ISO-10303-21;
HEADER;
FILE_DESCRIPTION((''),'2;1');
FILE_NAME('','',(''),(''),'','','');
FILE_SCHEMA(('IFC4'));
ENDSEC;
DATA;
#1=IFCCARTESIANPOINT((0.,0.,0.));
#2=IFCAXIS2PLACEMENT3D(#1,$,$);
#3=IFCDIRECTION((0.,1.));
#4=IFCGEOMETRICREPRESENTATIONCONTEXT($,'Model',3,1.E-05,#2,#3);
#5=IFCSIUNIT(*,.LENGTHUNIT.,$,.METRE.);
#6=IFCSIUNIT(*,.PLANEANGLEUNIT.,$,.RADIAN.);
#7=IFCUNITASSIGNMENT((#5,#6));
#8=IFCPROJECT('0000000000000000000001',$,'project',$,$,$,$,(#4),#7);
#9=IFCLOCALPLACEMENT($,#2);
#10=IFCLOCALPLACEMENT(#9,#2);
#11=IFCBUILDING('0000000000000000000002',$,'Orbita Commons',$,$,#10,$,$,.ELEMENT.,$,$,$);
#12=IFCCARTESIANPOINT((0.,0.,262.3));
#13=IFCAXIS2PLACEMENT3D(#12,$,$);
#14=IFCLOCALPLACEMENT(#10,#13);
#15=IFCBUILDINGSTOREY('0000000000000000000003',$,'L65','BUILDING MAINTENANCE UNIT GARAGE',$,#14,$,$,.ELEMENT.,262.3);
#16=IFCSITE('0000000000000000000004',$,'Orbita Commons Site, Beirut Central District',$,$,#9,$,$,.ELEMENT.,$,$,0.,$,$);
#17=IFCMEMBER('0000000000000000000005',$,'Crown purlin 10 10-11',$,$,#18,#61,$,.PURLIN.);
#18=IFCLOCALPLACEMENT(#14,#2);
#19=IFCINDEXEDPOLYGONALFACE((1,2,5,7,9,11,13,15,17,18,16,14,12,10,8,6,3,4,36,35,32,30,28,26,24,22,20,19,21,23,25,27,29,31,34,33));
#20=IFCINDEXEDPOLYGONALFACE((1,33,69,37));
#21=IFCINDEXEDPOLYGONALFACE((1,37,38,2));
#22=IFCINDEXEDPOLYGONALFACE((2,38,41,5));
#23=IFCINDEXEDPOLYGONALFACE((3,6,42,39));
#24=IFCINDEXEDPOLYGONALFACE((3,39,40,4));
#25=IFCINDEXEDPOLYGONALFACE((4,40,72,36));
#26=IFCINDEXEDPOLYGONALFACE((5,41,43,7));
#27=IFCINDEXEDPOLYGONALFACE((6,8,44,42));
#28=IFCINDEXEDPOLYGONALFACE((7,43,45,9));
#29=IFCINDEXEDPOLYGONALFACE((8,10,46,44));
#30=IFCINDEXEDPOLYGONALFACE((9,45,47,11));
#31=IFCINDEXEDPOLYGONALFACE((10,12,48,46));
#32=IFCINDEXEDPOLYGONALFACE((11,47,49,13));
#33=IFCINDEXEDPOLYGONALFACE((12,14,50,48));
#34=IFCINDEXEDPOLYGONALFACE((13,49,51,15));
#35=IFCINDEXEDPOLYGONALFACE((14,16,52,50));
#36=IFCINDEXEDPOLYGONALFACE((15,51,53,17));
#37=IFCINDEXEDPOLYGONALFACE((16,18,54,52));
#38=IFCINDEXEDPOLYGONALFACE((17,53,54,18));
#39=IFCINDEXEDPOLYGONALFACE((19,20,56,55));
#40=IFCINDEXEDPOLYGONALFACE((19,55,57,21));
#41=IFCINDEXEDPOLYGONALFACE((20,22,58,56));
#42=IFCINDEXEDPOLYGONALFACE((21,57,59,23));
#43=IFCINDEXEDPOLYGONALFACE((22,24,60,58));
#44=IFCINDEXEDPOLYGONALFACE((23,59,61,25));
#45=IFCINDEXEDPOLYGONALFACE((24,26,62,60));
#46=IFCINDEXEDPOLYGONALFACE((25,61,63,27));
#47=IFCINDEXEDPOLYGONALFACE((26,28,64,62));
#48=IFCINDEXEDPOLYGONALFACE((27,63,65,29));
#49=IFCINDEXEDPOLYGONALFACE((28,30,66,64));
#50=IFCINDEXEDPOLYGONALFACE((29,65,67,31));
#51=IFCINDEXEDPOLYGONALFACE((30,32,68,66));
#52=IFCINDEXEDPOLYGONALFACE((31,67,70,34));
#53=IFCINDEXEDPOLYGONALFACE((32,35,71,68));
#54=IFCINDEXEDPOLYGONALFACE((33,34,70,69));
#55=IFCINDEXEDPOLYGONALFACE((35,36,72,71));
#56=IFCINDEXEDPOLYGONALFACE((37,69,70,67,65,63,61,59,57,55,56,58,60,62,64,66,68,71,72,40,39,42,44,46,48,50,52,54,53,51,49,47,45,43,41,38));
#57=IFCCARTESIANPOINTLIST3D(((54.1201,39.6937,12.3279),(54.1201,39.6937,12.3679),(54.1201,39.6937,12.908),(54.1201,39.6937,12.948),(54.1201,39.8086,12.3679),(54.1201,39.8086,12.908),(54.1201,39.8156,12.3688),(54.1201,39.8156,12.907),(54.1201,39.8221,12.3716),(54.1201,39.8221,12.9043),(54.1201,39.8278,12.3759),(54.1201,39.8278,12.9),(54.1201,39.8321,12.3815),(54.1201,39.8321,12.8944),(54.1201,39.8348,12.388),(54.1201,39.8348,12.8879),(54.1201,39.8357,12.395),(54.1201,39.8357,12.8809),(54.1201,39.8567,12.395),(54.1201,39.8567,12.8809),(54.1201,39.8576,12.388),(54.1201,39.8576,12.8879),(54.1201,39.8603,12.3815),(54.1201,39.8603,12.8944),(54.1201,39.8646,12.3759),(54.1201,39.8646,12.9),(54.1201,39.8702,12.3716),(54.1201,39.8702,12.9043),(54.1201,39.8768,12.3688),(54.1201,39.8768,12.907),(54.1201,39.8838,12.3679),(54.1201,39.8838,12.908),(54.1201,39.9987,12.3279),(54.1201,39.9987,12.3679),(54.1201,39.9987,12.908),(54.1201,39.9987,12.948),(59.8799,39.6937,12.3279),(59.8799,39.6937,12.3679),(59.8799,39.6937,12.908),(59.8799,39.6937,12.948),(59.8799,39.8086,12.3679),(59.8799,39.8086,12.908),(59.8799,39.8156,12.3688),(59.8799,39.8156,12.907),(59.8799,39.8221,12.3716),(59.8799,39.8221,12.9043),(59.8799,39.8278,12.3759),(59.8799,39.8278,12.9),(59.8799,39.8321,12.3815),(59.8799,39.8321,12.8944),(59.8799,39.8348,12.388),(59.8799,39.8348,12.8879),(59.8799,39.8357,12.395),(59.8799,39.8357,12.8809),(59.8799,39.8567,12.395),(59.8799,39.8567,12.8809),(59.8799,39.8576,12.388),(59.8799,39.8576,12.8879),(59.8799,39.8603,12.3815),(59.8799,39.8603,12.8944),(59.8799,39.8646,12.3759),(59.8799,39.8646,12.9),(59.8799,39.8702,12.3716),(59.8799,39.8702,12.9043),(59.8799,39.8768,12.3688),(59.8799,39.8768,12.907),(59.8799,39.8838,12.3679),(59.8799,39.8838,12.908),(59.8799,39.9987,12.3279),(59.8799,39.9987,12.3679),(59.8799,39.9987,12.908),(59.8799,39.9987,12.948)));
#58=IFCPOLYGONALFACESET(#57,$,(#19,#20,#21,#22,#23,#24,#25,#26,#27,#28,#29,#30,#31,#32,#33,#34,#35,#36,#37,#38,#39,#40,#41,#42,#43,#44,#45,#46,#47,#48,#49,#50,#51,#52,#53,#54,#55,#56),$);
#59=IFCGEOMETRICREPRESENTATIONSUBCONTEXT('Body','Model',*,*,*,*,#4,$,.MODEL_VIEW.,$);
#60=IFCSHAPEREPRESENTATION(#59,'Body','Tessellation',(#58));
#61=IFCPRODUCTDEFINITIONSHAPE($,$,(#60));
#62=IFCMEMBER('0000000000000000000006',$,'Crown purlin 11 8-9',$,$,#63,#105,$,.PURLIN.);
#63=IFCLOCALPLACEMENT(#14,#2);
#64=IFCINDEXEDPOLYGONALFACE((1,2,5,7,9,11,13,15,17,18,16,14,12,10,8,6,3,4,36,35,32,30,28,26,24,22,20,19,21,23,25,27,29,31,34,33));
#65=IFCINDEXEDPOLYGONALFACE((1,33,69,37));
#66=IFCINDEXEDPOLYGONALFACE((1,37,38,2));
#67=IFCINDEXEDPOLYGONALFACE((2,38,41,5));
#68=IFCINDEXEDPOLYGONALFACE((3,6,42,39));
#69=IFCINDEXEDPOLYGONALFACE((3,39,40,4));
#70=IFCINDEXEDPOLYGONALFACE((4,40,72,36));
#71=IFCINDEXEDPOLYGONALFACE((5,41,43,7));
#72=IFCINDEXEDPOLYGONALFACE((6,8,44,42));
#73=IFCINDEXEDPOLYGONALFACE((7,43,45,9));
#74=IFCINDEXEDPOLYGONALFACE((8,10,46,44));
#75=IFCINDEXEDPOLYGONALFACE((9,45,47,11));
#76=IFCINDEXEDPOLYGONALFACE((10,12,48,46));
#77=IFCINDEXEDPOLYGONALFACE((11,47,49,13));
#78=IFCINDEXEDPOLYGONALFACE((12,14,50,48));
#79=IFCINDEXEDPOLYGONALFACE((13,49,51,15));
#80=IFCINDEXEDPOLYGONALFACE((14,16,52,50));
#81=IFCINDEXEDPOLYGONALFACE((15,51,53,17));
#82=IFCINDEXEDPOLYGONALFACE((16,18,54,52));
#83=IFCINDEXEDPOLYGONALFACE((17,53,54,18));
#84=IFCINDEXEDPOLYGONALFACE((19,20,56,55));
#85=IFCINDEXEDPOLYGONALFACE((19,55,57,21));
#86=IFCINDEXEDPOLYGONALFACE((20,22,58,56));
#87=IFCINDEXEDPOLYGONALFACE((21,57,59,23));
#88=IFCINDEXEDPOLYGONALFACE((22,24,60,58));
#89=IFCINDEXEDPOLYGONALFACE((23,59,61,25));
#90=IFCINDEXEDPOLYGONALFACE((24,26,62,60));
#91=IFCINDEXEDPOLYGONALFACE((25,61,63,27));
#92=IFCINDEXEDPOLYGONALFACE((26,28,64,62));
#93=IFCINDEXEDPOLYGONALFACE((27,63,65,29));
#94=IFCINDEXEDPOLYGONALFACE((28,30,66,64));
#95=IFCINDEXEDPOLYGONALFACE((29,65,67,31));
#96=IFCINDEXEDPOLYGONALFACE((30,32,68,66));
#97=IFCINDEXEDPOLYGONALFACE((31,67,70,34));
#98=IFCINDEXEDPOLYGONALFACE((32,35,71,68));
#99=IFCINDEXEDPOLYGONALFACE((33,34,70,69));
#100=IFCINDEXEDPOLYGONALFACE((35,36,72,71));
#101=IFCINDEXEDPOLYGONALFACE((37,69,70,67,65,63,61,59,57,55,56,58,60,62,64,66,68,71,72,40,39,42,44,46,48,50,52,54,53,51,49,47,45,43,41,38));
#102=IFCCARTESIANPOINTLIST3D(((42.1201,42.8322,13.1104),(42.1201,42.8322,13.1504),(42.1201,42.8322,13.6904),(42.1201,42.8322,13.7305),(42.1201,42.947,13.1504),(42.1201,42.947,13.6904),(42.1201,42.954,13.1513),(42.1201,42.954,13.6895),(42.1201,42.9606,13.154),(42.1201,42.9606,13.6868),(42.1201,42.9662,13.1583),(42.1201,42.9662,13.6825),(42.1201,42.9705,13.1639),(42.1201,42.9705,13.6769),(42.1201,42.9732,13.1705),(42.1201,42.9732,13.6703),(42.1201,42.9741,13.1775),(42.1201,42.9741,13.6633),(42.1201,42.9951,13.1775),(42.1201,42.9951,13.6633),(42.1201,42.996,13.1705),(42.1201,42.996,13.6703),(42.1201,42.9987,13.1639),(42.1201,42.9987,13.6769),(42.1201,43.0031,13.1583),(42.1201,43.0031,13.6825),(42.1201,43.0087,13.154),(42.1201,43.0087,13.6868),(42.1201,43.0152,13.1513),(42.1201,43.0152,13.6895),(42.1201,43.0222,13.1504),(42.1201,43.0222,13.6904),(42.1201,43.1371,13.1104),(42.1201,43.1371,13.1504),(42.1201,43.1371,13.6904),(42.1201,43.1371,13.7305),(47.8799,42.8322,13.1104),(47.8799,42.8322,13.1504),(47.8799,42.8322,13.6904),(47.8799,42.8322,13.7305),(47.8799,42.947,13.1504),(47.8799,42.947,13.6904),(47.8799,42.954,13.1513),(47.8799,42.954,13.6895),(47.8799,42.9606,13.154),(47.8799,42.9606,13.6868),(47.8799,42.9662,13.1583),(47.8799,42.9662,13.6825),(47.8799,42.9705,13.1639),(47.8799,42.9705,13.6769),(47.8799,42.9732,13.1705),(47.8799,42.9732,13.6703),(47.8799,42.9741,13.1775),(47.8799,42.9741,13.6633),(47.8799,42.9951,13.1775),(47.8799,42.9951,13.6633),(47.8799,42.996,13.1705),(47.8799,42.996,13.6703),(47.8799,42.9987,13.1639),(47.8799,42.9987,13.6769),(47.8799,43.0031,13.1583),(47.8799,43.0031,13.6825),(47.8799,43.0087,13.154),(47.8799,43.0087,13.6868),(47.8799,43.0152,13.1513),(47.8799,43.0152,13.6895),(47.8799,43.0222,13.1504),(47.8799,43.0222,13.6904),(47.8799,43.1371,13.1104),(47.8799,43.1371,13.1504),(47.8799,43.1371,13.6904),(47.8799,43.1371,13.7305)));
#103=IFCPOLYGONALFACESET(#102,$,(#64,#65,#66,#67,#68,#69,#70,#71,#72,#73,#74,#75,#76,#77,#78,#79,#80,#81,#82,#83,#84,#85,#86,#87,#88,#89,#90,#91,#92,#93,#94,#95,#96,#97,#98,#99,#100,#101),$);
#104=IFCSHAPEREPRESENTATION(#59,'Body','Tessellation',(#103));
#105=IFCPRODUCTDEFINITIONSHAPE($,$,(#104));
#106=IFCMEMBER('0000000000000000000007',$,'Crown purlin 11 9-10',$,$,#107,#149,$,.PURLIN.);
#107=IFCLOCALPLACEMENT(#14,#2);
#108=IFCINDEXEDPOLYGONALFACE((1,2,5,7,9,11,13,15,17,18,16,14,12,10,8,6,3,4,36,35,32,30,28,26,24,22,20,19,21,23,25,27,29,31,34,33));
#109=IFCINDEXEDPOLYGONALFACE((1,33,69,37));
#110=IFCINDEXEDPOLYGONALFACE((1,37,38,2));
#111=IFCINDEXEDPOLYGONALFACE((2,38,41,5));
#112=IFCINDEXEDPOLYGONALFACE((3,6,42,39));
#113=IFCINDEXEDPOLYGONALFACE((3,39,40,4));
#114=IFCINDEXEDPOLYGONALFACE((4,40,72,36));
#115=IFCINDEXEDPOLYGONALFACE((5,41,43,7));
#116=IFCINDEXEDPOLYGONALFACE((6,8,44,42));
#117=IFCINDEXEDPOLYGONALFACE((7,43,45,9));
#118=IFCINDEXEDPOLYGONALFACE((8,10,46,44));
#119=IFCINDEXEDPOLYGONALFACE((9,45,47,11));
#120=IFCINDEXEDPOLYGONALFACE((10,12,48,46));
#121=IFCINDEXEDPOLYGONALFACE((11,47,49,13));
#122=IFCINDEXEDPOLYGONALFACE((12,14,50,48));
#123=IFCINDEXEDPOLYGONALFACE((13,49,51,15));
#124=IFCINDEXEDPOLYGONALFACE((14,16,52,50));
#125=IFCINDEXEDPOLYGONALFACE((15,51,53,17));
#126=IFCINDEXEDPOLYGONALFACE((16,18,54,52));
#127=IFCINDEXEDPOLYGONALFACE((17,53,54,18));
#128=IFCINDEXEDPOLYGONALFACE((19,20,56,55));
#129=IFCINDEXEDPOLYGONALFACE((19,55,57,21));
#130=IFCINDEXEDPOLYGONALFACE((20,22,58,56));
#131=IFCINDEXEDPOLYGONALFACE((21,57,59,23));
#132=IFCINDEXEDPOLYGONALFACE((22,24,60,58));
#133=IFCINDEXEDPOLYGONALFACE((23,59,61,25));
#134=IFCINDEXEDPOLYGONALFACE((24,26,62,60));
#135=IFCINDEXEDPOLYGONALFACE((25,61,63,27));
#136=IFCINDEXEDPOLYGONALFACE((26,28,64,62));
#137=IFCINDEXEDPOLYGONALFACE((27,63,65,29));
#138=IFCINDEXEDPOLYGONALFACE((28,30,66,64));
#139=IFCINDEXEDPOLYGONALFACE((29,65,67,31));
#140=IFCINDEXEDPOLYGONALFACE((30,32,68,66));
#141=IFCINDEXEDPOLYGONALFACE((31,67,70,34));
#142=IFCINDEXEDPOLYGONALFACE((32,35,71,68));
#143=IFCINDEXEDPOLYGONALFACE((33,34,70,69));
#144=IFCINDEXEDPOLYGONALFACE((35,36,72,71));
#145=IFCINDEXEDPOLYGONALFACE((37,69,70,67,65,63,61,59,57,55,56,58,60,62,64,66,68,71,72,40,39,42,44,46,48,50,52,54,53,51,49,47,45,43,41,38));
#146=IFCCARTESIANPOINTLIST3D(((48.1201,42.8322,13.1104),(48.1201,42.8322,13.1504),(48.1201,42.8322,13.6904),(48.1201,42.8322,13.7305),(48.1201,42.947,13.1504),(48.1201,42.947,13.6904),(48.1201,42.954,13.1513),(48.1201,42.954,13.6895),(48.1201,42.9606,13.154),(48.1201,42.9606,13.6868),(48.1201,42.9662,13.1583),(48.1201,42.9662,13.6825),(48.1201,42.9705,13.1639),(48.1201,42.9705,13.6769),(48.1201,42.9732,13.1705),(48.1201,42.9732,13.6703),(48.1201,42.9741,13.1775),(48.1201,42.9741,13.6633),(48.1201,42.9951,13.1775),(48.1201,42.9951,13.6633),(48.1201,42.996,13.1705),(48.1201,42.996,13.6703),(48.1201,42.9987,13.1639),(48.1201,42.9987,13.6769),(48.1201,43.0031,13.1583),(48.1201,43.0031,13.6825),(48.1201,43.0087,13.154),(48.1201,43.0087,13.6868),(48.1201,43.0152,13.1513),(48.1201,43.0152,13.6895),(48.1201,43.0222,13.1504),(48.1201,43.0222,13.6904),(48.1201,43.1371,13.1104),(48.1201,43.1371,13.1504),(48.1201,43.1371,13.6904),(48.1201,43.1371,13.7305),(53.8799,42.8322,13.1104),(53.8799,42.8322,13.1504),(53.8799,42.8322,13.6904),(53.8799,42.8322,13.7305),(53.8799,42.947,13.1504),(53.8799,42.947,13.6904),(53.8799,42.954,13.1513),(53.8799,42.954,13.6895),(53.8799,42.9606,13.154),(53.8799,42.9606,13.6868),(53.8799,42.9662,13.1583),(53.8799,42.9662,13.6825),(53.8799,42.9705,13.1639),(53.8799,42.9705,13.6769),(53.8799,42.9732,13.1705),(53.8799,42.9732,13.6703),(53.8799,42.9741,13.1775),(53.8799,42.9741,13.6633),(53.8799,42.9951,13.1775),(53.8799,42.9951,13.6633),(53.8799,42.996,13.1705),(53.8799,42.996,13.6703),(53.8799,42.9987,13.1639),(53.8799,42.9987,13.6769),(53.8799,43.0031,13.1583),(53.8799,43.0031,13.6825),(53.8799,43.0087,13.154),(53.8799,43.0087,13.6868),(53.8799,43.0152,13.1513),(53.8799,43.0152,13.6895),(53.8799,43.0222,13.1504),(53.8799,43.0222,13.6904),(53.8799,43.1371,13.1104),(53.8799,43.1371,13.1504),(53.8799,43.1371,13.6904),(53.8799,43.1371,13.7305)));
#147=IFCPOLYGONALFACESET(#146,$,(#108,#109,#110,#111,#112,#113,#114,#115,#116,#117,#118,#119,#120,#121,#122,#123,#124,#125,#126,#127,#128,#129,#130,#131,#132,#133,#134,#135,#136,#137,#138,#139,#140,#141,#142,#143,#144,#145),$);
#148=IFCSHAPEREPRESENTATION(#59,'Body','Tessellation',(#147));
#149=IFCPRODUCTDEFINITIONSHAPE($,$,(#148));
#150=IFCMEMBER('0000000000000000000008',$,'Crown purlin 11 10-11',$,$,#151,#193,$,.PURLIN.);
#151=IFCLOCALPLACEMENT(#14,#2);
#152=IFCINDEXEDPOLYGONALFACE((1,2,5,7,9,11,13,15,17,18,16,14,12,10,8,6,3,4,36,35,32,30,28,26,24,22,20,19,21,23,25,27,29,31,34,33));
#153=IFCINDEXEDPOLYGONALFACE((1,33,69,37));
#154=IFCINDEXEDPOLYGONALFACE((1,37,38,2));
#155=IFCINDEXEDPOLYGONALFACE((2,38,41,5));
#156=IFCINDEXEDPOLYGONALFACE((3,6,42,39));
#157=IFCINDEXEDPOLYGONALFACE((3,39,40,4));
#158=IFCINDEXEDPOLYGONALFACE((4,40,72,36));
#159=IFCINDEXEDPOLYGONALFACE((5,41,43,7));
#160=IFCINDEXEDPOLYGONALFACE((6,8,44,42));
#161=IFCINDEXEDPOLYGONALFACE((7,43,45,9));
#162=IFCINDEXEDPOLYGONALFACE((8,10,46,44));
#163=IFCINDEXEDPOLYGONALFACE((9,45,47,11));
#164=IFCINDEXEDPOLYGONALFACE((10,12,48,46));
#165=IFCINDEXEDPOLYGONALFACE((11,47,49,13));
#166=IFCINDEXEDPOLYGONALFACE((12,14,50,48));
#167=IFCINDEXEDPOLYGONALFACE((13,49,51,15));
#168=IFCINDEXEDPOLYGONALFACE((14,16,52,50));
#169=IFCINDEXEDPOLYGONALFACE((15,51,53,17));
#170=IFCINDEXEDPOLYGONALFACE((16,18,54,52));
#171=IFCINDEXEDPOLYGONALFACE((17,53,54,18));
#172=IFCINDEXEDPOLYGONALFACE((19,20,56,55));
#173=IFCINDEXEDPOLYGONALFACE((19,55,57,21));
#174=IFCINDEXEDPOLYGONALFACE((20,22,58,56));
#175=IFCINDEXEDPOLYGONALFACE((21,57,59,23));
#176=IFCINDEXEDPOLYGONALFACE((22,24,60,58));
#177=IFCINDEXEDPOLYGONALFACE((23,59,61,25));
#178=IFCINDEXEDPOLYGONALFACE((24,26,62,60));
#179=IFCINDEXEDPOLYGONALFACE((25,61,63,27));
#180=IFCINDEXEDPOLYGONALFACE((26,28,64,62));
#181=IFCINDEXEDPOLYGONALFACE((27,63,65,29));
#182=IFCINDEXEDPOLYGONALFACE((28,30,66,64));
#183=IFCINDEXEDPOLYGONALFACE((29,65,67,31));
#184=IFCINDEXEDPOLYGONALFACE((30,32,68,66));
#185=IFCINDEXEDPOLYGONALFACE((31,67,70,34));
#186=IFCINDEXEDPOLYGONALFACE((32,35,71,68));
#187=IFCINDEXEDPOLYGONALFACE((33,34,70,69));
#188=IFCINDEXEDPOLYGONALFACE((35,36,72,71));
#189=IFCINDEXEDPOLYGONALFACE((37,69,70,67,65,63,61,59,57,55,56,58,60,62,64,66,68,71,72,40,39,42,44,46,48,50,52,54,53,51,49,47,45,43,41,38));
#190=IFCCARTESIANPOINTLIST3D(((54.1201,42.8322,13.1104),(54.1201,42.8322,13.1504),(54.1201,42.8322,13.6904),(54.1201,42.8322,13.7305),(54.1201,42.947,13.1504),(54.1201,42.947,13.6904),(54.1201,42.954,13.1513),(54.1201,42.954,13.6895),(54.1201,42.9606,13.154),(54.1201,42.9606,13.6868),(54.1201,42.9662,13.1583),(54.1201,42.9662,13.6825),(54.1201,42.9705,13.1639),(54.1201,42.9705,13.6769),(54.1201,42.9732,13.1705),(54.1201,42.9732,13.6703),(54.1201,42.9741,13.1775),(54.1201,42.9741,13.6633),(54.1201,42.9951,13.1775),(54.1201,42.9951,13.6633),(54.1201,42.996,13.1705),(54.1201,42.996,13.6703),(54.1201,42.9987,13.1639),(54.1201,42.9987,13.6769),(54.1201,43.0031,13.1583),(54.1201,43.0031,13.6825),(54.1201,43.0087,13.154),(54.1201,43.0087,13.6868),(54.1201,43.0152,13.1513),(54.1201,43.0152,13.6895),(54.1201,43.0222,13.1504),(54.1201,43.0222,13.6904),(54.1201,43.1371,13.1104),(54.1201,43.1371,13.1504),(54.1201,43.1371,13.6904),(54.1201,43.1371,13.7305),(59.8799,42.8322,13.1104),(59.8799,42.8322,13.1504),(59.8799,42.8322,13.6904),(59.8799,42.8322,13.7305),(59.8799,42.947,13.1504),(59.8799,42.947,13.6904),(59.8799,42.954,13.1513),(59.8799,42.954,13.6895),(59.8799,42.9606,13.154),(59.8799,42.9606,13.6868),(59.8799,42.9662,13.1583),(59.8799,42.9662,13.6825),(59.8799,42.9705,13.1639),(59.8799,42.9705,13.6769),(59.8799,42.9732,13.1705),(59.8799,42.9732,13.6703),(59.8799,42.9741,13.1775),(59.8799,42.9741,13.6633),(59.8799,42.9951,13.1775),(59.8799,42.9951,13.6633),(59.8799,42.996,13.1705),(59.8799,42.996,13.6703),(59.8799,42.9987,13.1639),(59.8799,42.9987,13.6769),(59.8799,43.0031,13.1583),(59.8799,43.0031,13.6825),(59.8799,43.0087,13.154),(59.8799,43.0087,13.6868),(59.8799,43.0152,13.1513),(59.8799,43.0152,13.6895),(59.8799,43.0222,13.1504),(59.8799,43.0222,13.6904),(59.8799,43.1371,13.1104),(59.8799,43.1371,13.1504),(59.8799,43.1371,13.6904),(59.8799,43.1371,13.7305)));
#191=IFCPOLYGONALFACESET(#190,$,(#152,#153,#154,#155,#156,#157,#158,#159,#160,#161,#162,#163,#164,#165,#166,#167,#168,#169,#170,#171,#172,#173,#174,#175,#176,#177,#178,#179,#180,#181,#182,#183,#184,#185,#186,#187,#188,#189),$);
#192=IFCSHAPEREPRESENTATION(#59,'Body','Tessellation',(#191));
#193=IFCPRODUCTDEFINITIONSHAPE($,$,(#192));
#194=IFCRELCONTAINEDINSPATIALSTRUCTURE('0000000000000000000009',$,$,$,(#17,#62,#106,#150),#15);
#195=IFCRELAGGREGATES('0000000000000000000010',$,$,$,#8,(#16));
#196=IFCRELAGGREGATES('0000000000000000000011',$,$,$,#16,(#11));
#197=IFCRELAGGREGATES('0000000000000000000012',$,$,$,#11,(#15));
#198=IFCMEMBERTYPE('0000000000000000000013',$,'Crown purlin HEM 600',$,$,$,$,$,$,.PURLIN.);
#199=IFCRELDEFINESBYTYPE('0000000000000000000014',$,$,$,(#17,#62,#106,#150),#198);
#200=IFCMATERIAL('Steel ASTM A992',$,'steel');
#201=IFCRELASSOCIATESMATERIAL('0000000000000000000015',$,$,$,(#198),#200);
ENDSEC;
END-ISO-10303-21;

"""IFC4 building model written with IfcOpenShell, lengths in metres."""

from ifc_helpers import new_model, si_unit, direction, frame, origin, origin_2d, place, context, subcontext, project, spatial, i_section, extrude, material, material_profile, profile_set, type_object, element, save


model = new_model("IFC4")

# Units and contexts
model_context = context("Model", 3, precision=1e-05, world=origin(), true_north=direction((0.0, 1.0)))
body_context = subcontext(model_context, "Body", "Model", "MODEL_VIEW")
ifc_project = project(units=[si_unit("LENGTHUNIT", "METRE"), si_unit("PLANEANGLEUNIT", "RADIAN")], contexts=[model_context])

# Site, building, storey
site_placement = place(None, origin())
site = spatial("IfcSite", under=ifc_project, at=site_placement, Name="Orbita Commons Site, Beirut Central District", CompositionType="ELEMENT", RefElevation=0.0)
building_placement = place(site_placement, origin())
building = spatial("IfcBuilding", under=site, at=building_placement, Name="Orbita Commons", CompositionType="ELEMENT")
storey_placement = place(building_placement, frame((0.0, 0.0, 262.3)))
storey = spatial("IfcBuildingStorey", under=building, at=storey_placement, Name="L65", Description="BUILDING MAINTENANCE UNIT GARAGE", CompositionType="ELEMENT", Elevation=262.3)

# Members
ifc_material_1 = material(Name="Steel ASTM A992", Category="steel")
ifc_material_profile_1 = material_profile(ifc_material_1, i_section(OverallWidth=0.3049, OverallDepth=0.6201, WebThickness=0.021, FlangeThickness=0.04, FilletRadius=0.0271, at=origin_2d()), Name="HEM 600")
ifc_profile_set_1 = profile_set([ifc_material_profile_1], Name="Steel ASTM A992")
member_type_1 = type_object("IfcMemberType", Name="Crown purlin HEM 600", PredefinedType="PURLIN", material=ifc_profile_set_1)
for number, where, z_axis, x_axis, name in (
    (1, (54.1201, 39.8462, 12.6379), (1.0, 0.0, 0.0), (0.0, 1.0, 0.0), "Crown purlin 10 10-11"),
    (2, (42.1201, 42.9846, 13.4204), (1.0, 0.0, 0.0), (0.0, 1.0, 0.0), "Crown purlin 11 8-9"),
    (3, (48.1201, 42.9846, 13.4204), (1.0, 0.0, 0.0), (0.0, 1.0, 0.0), "Crown purlin 11 9-10"),
    (4, (54.1201, 42.9846, 13.4204), (1.0, 0.0, 0.0), (0.0, 1.0, 0.0), "Crown purlin 11 10-11"),
):
    element("IfcMember", number, at=place(storey_placement, frame(where, z_axis=z_axis, x_axis=x_axis)), inside=storey, type_object=member_type_1, Name=name, PredefinedType="PURLIN", context=body_context, shape_type="SweptSolid", body=[
        extrude(i_section(OverallWidth=0.3049, OverallDepth=0.6201, WebThickness=0.021, FlangeThickness=0.04, FilletRadius=0.0271, at=origin_2d()), origin(), (0.0, 0.0, 1.0), 5.7598),
    ])

save(model, "model.ifc")
